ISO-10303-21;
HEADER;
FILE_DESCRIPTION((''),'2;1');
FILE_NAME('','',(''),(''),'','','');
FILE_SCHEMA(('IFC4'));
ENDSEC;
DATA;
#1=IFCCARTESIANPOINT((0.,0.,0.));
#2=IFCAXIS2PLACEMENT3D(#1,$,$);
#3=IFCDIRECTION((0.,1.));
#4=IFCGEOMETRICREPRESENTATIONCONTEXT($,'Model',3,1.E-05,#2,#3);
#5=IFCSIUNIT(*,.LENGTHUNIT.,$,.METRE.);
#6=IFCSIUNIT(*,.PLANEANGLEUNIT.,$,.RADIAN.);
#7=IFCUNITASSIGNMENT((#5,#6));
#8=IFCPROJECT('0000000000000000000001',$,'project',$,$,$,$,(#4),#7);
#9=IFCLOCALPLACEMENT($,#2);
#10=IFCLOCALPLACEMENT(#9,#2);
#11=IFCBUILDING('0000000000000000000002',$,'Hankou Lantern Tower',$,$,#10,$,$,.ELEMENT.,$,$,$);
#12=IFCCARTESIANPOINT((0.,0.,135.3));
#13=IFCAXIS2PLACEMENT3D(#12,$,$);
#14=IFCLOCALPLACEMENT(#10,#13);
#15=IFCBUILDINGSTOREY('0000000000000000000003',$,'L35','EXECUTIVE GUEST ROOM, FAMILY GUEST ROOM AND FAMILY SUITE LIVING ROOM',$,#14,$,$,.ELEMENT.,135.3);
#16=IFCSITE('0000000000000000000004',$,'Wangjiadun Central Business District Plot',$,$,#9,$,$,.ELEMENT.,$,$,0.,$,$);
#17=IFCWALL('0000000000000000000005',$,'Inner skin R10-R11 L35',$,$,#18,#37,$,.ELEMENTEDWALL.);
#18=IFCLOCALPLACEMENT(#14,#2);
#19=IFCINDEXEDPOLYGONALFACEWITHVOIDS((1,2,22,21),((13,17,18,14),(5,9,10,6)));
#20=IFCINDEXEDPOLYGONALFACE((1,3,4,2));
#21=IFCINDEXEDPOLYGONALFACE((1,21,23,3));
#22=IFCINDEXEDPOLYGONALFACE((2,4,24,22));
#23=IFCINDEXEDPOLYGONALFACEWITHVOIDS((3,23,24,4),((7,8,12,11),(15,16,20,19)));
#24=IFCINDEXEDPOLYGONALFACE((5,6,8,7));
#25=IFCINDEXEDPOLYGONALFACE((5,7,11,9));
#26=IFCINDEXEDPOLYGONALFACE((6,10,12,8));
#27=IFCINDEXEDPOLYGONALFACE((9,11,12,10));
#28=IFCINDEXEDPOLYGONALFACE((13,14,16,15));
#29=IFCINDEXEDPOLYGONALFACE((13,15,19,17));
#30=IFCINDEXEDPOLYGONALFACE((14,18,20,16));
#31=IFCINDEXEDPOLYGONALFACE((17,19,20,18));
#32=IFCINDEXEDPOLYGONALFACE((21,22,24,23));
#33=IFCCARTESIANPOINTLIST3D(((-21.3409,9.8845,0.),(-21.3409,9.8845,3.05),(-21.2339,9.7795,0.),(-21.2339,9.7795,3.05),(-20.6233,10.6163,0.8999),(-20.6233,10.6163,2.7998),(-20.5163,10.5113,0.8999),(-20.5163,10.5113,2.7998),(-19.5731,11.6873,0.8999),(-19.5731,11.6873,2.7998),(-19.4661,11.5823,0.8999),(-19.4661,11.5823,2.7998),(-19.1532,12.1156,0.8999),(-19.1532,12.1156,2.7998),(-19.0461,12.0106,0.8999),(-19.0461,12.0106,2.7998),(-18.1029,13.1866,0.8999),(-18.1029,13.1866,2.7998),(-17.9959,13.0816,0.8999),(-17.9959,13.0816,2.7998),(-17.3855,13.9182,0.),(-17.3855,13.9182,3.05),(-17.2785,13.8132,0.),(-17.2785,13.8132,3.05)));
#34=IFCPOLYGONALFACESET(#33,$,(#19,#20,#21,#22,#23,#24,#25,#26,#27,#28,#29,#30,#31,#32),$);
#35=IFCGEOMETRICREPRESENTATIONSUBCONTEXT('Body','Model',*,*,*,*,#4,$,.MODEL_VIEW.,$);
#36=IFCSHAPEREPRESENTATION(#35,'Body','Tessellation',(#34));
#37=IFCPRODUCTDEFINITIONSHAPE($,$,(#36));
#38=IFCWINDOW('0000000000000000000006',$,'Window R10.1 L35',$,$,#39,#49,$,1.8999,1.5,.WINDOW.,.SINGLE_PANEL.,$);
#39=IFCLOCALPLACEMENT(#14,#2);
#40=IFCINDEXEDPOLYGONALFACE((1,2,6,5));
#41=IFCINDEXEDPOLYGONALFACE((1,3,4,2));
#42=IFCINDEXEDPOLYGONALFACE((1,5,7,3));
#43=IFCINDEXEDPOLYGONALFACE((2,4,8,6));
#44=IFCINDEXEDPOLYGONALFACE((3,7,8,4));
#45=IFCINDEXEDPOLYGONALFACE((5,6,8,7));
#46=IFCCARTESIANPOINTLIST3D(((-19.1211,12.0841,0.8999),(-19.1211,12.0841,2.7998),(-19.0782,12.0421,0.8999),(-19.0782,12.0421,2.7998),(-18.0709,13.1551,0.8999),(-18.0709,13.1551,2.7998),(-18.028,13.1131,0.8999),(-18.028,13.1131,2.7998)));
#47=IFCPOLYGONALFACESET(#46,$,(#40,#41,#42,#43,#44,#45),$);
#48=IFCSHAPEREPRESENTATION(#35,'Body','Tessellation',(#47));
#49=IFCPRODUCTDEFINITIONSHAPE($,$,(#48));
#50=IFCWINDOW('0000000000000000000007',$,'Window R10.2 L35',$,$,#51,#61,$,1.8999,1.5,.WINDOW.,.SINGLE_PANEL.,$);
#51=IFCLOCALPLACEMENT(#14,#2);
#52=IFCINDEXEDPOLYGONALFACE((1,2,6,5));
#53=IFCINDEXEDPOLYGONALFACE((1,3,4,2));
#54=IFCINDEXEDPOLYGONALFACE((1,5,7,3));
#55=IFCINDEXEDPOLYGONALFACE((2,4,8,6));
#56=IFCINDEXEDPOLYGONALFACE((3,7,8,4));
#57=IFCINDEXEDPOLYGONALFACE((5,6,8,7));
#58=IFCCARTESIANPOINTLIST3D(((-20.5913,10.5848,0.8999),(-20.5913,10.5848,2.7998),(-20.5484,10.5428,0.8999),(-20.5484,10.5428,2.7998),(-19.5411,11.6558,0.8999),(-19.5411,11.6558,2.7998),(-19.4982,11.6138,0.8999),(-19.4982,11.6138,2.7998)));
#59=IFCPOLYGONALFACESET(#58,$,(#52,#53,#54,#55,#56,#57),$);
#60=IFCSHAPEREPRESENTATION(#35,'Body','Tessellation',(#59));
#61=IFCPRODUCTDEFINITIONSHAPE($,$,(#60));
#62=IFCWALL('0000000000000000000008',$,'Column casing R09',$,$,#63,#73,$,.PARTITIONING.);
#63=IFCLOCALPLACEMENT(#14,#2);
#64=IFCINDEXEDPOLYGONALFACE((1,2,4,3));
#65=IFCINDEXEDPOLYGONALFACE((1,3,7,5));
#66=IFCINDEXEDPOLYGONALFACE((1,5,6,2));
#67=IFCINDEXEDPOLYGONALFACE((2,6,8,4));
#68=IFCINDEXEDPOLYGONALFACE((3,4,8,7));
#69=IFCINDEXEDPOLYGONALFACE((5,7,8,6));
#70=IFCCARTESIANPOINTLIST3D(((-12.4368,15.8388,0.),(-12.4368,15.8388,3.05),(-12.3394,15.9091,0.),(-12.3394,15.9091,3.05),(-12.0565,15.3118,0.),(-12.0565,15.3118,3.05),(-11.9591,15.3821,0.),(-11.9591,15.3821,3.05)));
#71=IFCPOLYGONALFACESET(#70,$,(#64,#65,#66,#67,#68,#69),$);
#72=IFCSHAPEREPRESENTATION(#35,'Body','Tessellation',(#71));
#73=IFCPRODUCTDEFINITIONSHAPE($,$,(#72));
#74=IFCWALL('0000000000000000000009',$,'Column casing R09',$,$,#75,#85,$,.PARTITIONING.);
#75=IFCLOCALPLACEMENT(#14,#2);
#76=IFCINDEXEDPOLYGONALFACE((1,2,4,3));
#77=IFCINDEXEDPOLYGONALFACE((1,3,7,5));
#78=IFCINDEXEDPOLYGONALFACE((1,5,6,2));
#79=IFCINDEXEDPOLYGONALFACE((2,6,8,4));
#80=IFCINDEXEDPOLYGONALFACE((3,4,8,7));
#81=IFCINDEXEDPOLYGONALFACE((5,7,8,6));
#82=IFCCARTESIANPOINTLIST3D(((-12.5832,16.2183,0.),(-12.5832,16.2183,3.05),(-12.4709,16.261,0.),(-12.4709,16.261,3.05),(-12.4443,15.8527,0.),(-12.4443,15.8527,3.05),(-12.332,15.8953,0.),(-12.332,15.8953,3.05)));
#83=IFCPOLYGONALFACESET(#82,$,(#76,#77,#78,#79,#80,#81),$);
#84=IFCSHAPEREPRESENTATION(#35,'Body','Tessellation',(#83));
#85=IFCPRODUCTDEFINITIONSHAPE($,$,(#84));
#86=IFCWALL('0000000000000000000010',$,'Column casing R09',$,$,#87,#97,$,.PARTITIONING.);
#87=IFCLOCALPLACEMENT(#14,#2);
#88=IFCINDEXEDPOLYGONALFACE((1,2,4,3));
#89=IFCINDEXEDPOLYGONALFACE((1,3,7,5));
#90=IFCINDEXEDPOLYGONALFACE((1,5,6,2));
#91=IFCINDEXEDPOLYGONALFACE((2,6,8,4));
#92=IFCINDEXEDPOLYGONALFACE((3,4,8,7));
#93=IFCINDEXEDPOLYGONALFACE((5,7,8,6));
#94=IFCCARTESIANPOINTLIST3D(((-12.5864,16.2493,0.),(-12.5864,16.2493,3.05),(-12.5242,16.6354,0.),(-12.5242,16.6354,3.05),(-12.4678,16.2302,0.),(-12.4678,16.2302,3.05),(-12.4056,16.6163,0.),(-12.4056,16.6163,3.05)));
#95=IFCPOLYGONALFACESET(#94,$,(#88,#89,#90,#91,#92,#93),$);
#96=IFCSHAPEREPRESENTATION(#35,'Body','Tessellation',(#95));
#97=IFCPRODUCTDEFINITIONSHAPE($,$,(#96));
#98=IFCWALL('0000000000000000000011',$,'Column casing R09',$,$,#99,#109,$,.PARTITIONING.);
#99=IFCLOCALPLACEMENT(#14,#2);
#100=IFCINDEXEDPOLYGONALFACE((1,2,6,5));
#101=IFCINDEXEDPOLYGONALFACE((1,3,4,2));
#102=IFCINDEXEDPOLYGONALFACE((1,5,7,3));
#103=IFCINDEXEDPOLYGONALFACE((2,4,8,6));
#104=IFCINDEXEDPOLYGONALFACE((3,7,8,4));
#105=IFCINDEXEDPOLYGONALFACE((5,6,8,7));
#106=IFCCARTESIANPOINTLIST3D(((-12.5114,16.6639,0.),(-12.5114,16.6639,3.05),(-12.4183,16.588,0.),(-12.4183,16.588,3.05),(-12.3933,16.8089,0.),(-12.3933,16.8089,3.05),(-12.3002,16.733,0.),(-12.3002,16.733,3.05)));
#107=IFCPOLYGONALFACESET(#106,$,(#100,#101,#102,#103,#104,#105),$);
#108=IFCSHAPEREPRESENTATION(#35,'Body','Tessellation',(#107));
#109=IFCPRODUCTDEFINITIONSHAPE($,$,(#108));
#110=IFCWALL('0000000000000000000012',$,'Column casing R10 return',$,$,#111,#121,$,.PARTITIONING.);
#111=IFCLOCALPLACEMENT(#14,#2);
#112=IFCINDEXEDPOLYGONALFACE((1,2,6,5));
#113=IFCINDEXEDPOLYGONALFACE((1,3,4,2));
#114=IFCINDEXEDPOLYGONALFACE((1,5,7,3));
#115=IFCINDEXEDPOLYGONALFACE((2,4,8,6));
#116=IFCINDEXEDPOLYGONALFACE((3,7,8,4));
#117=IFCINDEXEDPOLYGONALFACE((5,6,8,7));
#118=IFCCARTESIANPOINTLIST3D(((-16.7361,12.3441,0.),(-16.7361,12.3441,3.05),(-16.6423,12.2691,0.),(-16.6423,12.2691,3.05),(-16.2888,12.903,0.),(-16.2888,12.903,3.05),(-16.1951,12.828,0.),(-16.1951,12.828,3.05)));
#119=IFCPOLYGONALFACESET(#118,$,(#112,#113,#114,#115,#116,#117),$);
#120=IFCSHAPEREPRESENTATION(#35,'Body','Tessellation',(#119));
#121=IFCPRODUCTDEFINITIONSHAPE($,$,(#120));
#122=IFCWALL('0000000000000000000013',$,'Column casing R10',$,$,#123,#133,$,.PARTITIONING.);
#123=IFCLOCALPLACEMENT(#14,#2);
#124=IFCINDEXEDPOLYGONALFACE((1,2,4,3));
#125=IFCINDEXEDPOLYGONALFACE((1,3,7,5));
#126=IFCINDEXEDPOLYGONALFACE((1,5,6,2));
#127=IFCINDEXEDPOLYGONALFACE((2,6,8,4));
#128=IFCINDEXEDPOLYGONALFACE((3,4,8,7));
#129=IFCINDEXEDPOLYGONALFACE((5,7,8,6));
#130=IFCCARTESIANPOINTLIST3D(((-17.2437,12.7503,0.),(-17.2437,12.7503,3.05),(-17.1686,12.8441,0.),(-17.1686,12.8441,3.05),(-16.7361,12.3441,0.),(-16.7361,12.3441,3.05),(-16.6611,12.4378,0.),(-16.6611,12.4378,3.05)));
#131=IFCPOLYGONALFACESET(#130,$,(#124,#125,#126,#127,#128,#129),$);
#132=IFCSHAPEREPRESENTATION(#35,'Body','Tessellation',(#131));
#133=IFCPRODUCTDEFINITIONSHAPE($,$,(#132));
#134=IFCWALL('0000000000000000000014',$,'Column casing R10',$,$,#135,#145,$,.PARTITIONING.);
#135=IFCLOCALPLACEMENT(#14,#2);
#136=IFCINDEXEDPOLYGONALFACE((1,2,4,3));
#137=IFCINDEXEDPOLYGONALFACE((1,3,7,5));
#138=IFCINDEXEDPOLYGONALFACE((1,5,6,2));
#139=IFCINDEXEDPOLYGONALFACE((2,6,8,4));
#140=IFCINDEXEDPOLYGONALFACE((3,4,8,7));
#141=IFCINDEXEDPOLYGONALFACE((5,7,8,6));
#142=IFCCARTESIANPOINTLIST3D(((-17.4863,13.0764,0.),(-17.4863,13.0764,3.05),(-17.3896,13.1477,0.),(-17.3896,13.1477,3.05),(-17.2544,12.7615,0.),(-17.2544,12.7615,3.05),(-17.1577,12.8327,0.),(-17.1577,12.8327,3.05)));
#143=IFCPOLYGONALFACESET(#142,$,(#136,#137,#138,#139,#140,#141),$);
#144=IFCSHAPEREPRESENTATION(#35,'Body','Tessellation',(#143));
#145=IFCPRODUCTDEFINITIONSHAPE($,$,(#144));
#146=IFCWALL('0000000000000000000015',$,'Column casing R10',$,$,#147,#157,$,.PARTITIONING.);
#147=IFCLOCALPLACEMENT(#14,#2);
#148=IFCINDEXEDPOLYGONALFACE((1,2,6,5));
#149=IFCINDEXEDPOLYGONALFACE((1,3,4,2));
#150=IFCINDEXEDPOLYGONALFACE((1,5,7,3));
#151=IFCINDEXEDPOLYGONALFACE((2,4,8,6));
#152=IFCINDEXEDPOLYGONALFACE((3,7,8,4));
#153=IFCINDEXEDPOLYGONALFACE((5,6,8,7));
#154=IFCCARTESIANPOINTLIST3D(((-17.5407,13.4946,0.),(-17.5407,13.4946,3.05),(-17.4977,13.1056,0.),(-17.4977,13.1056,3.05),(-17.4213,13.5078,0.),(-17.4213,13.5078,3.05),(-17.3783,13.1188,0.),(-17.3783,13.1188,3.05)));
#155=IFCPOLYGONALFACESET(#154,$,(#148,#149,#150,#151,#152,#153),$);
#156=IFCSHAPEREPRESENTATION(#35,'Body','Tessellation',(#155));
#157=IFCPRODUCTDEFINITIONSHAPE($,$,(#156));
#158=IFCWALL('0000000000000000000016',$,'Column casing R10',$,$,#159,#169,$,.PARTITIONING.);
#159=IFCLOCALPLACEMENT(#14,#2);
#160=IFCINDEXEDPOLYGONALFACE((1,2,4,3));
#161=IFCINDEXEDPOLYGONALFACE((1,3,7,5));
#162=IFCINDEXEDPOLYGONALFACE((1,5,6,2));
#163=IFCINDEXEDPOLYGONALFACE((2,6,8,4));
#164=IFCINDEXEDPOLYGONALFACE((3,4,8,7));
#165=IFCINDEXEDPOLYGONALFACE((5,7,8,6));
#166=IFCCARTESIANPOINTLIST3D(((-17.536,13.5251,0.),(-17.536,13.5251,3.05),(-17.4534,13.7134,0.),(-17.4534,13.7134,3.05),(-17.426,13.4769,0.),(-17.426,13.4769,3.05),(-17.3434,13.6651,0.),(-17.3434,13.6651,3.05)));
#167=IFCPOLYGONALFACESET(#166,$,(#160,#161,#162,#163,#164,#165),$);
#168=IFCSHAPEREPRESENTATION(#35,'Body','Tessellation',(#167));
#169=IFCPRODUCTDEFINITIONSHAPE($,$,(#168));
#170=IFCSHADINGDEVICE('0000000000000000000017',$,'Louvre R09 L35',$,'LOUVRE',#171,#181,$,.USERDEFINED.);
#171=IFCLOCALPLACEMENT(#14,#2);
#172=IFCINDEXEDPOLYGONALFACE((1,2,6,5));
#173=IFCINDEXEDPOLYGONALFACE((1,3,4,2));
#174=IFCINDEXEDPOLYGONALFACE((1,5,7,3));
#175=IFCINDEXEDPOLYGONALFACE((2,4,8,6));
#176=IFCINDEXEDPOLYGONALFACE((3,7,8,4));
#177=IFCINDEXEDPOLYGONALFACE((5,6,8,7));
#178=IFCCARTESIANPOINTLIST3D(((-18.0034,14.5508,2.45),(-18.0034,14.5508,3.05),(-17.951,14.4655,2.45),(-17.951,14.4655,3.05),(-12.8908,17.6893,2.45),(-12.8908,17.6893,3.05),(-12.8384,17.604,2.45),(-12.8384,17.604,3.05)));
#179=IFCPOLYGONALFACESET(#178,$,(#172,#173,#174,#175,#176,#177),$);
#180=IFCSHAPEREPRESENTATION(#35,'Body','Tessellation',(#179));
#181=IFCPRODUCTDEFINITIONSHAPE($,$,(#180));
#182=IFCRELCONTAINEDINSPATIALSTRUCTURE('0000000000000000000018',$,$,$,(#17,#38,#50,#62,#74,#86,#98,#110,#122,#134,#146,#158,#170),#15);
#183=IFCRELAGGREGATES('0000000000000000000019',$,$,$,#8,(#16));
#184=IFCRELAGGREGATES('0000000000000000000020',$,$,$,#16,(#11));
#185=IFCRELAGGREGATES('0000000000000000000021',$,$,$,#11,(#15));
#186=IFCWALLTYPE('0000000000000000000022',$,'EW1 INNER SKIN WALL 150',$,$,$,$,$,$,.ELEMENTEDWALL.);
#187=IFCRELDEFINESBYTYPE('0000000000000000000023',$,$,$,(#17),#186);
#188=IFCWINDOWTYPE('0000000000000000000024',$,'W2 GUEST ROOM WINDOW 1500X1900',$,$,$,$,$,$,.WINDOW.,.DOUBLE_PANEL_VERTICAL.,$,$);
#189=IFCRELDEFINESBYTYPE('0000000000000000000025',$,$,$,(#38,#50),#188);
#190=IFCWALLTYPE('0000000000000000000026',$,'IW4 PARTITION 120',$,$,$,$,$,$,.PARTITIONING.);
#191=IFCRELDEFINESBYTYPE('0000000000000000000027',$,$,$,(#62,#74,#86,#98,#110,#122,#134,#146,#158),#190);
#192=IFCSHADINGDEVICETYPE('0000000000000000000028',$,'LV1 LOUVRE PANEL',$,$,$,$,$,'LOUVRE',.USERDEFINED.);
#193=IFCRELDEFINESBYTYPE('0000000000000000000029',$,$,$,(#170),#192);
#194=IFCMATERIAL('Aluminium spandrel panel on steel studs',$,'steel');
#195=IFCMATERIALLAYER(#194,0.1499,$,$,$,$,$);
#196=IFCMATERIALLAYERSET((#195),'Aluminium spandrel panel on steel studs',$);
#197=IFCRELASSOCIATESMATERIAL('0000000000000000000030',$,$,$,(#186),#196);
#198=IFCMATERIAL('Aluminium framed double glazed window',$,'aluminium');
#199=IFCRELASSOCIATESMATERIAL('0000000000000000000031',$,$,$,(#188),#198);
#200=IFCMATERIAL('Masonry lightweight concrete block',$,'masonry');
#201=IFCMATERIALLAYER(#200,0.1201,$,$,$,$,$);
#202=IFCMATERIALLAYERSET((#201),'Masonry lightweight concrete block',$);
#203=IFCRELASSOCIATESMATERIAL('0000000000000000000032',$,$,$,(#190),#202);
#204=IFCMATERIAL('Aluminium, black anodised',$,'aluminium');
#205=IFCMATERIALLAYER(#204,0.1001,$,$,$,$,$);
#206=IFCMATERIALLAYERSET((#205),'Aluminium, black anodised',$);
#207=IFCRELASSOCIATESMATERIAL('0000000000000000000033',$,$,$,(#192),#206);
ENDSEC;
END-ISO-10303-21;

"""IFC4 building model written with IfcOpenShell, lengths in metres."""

from ifc_helpers import new_model, si_unit, direction, frame, frame_2d, origin, origin_2d, place, context, subcontext, project, spatial, rectangle, extrude, material, layer, layer_set, type_object, element, fill, save


model = new_model("IFC4")

# Units and contexts
model_context = context("Model", 3, precision=1e-05, world=origin(), true_north=direction((0.0, 1.0)))
body_context = subcontext(model_context, "Body", "Model", "MODEL_VIEW")
ifc_project = project(units=[si_unit("LENGTHUNIT", "METRE"), si_unit("PLANEANGLEUNIT", "RADIAN")], contexts=[model_context])

# Site, building, storey
site_placement = place(None, origin())
site = spatial("IfcSite", under=ifc_project, at=site_placement, Name="Wangjiadun Central Business District Plot", CompositionType="ELEMENT", RefElevation=0.0)
building_placement = place(site_placement, origin())
building = spatial("IfcBuilding", under=site, at=building_placement, Name="Hankou Lantern Tower", CompositionType="ELEMENT")
storey_placement = place(building_placement, frame((0.0, 0.0, 135.3)))
storey = spatial("IfcBuildingStorey", under=building, at=storey_placement, Name="L35", Description="EXECUTIVE GUEST ROOM, FAMILY GUEST ROOM AND FAMILY SUITE LIVING ROOM", CompositionType="ELEMENT", Elevation=135.3)

# Wall, openings, windows
ifc_material_1 = material(Name="Aluminium spandrel panel on steel studs", Category="steel")
ifc_layer_1 = layer(ifc_material_1, 0.1499)
ifc_layer_set_1 = layer_set([ifc_layer_1], Name="Aluminium spandrel panel on steel studs")
wall_type_1 = type_object("IfcWallType", Name="EW1 INNER SKIN WALL 150", PredefinedType="ELEMENTEDWALL", material=ifc_layer_set_1)
ifc_material_2 = material(Name="Aluminium framed double glazed window", Category="aluminium")
window_type = type_object("IfcWindowType", Name="W2 GUEST ROOM WINDOW 1500X1900", PartitioningType="DOUBLE_PANEL_VERTICAL", PredefinedType="WINDOW", material=ifc_material_2)
wall_1_placement = place(storey_placement, frame((-17.332, 13.8657, 0.0), z_axis=(0.0, 0.0, 1.0), x_axis=(-0.700137, -0.714009, 0.0)))
wall_1 = element("IfcWall", 1, at=wall_1_placement, inside=storey, type_object=wall_type_1, Name="Inner skin R10-R11 L35", PredefinedType="ELEMENTEDWALL", context=body_context, shape_type="SweptSolid", body=[
    extrude(rectangle(XDim=5.6494, YDim=0.1499, at=frame_2d((2.8247, 0.0))), origin(), (0.0, 0.0, 1.0), 3.05),
])
opening_1_placement = place(wall_1_placement, frame((1.0247, 0.0, 0.8999)))
opening_1 = element("IfcOpeningElement", 2, at=opening_1_placement, cuts=wall_1, PredefinedType="OPENING", context=body_context, shape_type="SweptSolid", body=[
    extrude(rectangle(XDim=1.5, YDim=1.8999, at=frame_2d((0.75, 0.95))), frame((0.0, 0.085, 0.0), z_axis=(0.0, -1.0, 0.0), x_axis=(1.0, 0.0, 0.0)), (0.0, 0.0, 1.0), 0.1699),
])
opening_2_placement = place(wall_1_placement, frame((3.1245, 0.0, 0.8999)))
opening_2 = element("IfcOpeningElement", 3, at=opening_2_placement, cuts=wall_1, PredefinedType="OPENING", context=body_context, shape_type="SweptSolid", body=[
    extrude(rectangle(XDim=1.5, YDim=1.8999, at=frame_2d((0.75, 0.95))), frame((0.0, 0.085, 0.0), z_axis=(0.0, -1.0, 0.0), x_axis=(1.0, 0.0, 0.0)), (0.0, 0.0, 1.0), 0.1699),
])
window_1_placement = place(opening_1_placement, origin())
window_1 = element("IfcWindow", 4, at=window_1_placement, inside=storey, type_object=window_type, Name="Window R10.1 L35", OverallHeight=1.8999, OverallWidth=1.5, PartitioningType="SINGLE_PANEL", PredefinedType="WINDOW", context=body_context, shape_type="SweptSolid", body=[
    extrude(rectangle(XDim=1.5, YDim=1.8999, at=frame_2d((0.75, 0.95))), frame((0.0, 0.03, 0.0), z_axis=(0.0, -1.0, 0.0), x_axis=(1.0, 0.0, 0.0)), (0.0, 0.0, 1.0), 0.0601),
])
fill(opening_1, window_1)
window_2_placement = place(opening_2_placement, origin())
window_2 = element("IfcWindow", 5, at=window_2_placement, inside=storey, type_object=window_type, Name="Window R10.2 L35", OverallHeight=1.8999, OverallWidth=1.5, PartitioningType="SINGLE_PANEL", PredefinedType="WINDOW", context=body_context, shape_type="SweptSolid", body=[
    extrude(rectangle(XDim=1.5, YDim=1.8999, at=frame_2d((0.75, 0.95))), frame((0.0, 0.03, 0.0), z_axis=(0.0, -1.0, 0.0), x_axis=(1.0, 0.0, 0.0)), (0.0, 0.0, 1.0), 0.0601),
])
fill(opening_2, window_2)

# Walls
ifc_material_3 = material(Name="Masonry lightweight concrete block", Category="masonry")
ifc_layer_2 = layer(ifc_material_3, 0.1201)
ifc_layer_set_2 = layer_set([ifc_layer_2], Name="Masonry lightweight concrete block")
wall_type_2 = type_object("IfcWallType", Name="IW4 PARTITION 120", PredefinedType="PARTITIONING", material=ifc_layer_set_2)
wall_2_placement = place(storey_placement, frame((-12.0078, 15.3469, 0.0), z_axis=(0.0, 0.0, 1.0), x_axis=(-0.585175, 0.810907, 0.0)))
element("IfcWall", 6, at=wall_2_placement, inside=storey, type_object=wall_type_2, Name="Column casing R09", PredefinedType="PARTITIONING", context=body_context, shape_type="SweptSolid", body=[
    extrude(rectangle(XDim=0.6499, YDim=0.1201, at=frame_2d((0.325, 0.0))), origin(), (0.0, 0.0, 1.0), 3.05),
])
for number, where, z_axis, x_axis, name in (
    (7, (-12.3882, 15.874, 0.0), (0.0, 0.0, 1.0), (-0.355087, 0.934833, 0.0), "Column casing R09"),
    (8, (-12.5271, 16.2397, 0.0), (0.0, 0.0, 1.0), (0.159134, 0.987257, 0.0), "Column casing R09"),
):
    element("IfcWall", number, at=place(storey_placement, frame(where, z_axis=z_axis, x_axis=x_axis)), inside=storey, type_object=wall_type_2, Name=name, PredefinedType="PARTITIONING", context=body_context, shape_type="SweptSolid", body=[
        extrude(rectangle(XDim=0.3911, YDim=0.1201, at=frame_2d((0.1956, 0.0))), origin(), (0.0, 0.0, 1.0), 3.05),
    ])
wall_3_placement = place(storey_placement, frame((-12.4648, 16.626, 0.0), z_axis=(0.0, 0.0, 1.0), x_axis=(0.631673, 0.775235, 0.0)))
element("IfcWall", 9, at=wall_3_placement, inside=storey, type_object=wall_type_2, Name="Column casing R09", PredefinedType="PARTITIONING", context=body_context, shape_type="SweptSolid", body=[
    extrude(rectangle(XDim=0.187, YDim=0.1201, at=frame_2d((0.0935, 0.0))), origin(), (0.0, 0.0, 1.0), 3.05),
])
wall_4_placement = place(storey_placement, frame((-16.2419, 12.8655, 0.0), z_axis=(0.0, 0.0, 1.0), x_axis=(-0.624861, -0.780736, 0.0)))
element("IfcWall", 10, at=wall_4_placement, inside=storey, type_object=wall_type_2, Name="Column casing R10 return", PredefinedType="PARTITIONING", context=body_context, shape_type="SweptSolid", body=[
    extrude(rectangle(XDim=0.7158, YDim=0.1201, at=frame_2d((0.3579, 0.0))), origin(), (0.0, 0.0, 1.0), 3.05),
])
wall_5_placement = place(storey_placement, frame((-16.6985, 12.3909, 0.0), z_axis=(0.0, 0.0, 1.0), x_axis=(-0.780722, 0.624878, 0.0)))
element("IfcWall", 11, at=wall_5_placement, inside=storey, type_object=wall_type_2, Name="Column casing R10", PredefinedType="PARTITIONING", context=body_context, shape_type="SweptSolid", body=[
    extrude(rectangle(XDim=0.6501, YDim=0.1201, at=frame_2d((0.3252, 0.0))), origin(), (0.0, 0.0, 1.0), 3.05),
])
wall_6_placement = place(storey_placement, frame((-17.2061, 12.7971, 0.0), z_axis=(0.0, 0.0, 1.0), x_axis=(-0.592986, 0.805213, 0.0)))
element("IfcWall", 12, at=wall_6_placement, inside=storey, type_object=wall_type_2, Name="Column casing R10", PredefinedType="PARTITIONING", context=body_context, shape_type="SweptSolid", body=[
    extrude(rectangle(XDim=0.3911, YDim=0.1201, at=frame_2d((0.1956, 0.0))), origin(), (0.0, 0.0, 1.0), 3.05),
])
wall_7_placement = place(storey_placement, frame((-17.438, 13.1121, 0.0), z_axis=(0.0, 0.0, 1.0), x_axis=(-0.109815, 0.993952, 0.0)))
element("IfcWall", 13, at=wall_7_placement, inside=storey, type_object=wall_type_2, Name="Column casing R10", PredefinedType="PARTITIONING", context=body_context, shape_type="SweptSolid", body=[
    extrude(rectangle(XDim=0.3914, YDim=0.1201, at=frame_2d((0.1958, 0.0))), origin(), (0.0, 0.0, 1.0), 3.05),
])
wall_8_placement = place(storey_placement, frame((-17.481, 13.501, 0.0), z_axis=(0.0, 0.0, 1.0), x_axis=(0.401504, 0.915857, 0.0)))
element("IfcWall", 14, at=wall_8_placement, inside=storey, type_object=wall_type_2, Name="Column casing R10", PredefinedType="PARTITIONING", context=body_context, shape_type="SweptSolid", body=[
    extrude(rectangle(XDim=0.2056, YDim=0.1201, at=frame_2d((0.1028, 0.0))), origin(), (0.0, 0.0, 1.0), 3.05),
])

# Shading device
ifc_material_4 = material(Name="Aluminium, black anodised", Category="aluminium")
ifc_layer_3 = layer(ifc_material_4, 0.1001)
ifc_layer_set_3 = layer_set([ifc_layer_3], Name="Aluminium, black anodised")
shading_device_type = type_object("IfcShadingDeviceType", Name="LV1 LOUVRE PANEL", ElementType="LOUVRE", PredefinedType="USERDEFINED", material=ifc_layer_set_3)
shading_device_1_placement = place(storey_placement, frame((-15.4209, 16.0774, 2.45), z_axis=(0.0, 0.0, 1.0), x_axis=(-0.852237, -0.523156, 0.0)))
element("IfcShadingDevice", 15, at=shading_device_1_placement, inside=storey, type_object=shading_device_type, Name="Louvre R09 L35", ObjectType="LOUVRE", PredefinedType="USERDEFINED", context=body_context, shape_type="SweptSolid", body=[
    extrude(rectangle(XDim=5.999, YDim=0.1001, at=origin_2d()), origin(), (0.0, 0.0, 1.0), 0.6001),
])

save(model, "model.ifc")
